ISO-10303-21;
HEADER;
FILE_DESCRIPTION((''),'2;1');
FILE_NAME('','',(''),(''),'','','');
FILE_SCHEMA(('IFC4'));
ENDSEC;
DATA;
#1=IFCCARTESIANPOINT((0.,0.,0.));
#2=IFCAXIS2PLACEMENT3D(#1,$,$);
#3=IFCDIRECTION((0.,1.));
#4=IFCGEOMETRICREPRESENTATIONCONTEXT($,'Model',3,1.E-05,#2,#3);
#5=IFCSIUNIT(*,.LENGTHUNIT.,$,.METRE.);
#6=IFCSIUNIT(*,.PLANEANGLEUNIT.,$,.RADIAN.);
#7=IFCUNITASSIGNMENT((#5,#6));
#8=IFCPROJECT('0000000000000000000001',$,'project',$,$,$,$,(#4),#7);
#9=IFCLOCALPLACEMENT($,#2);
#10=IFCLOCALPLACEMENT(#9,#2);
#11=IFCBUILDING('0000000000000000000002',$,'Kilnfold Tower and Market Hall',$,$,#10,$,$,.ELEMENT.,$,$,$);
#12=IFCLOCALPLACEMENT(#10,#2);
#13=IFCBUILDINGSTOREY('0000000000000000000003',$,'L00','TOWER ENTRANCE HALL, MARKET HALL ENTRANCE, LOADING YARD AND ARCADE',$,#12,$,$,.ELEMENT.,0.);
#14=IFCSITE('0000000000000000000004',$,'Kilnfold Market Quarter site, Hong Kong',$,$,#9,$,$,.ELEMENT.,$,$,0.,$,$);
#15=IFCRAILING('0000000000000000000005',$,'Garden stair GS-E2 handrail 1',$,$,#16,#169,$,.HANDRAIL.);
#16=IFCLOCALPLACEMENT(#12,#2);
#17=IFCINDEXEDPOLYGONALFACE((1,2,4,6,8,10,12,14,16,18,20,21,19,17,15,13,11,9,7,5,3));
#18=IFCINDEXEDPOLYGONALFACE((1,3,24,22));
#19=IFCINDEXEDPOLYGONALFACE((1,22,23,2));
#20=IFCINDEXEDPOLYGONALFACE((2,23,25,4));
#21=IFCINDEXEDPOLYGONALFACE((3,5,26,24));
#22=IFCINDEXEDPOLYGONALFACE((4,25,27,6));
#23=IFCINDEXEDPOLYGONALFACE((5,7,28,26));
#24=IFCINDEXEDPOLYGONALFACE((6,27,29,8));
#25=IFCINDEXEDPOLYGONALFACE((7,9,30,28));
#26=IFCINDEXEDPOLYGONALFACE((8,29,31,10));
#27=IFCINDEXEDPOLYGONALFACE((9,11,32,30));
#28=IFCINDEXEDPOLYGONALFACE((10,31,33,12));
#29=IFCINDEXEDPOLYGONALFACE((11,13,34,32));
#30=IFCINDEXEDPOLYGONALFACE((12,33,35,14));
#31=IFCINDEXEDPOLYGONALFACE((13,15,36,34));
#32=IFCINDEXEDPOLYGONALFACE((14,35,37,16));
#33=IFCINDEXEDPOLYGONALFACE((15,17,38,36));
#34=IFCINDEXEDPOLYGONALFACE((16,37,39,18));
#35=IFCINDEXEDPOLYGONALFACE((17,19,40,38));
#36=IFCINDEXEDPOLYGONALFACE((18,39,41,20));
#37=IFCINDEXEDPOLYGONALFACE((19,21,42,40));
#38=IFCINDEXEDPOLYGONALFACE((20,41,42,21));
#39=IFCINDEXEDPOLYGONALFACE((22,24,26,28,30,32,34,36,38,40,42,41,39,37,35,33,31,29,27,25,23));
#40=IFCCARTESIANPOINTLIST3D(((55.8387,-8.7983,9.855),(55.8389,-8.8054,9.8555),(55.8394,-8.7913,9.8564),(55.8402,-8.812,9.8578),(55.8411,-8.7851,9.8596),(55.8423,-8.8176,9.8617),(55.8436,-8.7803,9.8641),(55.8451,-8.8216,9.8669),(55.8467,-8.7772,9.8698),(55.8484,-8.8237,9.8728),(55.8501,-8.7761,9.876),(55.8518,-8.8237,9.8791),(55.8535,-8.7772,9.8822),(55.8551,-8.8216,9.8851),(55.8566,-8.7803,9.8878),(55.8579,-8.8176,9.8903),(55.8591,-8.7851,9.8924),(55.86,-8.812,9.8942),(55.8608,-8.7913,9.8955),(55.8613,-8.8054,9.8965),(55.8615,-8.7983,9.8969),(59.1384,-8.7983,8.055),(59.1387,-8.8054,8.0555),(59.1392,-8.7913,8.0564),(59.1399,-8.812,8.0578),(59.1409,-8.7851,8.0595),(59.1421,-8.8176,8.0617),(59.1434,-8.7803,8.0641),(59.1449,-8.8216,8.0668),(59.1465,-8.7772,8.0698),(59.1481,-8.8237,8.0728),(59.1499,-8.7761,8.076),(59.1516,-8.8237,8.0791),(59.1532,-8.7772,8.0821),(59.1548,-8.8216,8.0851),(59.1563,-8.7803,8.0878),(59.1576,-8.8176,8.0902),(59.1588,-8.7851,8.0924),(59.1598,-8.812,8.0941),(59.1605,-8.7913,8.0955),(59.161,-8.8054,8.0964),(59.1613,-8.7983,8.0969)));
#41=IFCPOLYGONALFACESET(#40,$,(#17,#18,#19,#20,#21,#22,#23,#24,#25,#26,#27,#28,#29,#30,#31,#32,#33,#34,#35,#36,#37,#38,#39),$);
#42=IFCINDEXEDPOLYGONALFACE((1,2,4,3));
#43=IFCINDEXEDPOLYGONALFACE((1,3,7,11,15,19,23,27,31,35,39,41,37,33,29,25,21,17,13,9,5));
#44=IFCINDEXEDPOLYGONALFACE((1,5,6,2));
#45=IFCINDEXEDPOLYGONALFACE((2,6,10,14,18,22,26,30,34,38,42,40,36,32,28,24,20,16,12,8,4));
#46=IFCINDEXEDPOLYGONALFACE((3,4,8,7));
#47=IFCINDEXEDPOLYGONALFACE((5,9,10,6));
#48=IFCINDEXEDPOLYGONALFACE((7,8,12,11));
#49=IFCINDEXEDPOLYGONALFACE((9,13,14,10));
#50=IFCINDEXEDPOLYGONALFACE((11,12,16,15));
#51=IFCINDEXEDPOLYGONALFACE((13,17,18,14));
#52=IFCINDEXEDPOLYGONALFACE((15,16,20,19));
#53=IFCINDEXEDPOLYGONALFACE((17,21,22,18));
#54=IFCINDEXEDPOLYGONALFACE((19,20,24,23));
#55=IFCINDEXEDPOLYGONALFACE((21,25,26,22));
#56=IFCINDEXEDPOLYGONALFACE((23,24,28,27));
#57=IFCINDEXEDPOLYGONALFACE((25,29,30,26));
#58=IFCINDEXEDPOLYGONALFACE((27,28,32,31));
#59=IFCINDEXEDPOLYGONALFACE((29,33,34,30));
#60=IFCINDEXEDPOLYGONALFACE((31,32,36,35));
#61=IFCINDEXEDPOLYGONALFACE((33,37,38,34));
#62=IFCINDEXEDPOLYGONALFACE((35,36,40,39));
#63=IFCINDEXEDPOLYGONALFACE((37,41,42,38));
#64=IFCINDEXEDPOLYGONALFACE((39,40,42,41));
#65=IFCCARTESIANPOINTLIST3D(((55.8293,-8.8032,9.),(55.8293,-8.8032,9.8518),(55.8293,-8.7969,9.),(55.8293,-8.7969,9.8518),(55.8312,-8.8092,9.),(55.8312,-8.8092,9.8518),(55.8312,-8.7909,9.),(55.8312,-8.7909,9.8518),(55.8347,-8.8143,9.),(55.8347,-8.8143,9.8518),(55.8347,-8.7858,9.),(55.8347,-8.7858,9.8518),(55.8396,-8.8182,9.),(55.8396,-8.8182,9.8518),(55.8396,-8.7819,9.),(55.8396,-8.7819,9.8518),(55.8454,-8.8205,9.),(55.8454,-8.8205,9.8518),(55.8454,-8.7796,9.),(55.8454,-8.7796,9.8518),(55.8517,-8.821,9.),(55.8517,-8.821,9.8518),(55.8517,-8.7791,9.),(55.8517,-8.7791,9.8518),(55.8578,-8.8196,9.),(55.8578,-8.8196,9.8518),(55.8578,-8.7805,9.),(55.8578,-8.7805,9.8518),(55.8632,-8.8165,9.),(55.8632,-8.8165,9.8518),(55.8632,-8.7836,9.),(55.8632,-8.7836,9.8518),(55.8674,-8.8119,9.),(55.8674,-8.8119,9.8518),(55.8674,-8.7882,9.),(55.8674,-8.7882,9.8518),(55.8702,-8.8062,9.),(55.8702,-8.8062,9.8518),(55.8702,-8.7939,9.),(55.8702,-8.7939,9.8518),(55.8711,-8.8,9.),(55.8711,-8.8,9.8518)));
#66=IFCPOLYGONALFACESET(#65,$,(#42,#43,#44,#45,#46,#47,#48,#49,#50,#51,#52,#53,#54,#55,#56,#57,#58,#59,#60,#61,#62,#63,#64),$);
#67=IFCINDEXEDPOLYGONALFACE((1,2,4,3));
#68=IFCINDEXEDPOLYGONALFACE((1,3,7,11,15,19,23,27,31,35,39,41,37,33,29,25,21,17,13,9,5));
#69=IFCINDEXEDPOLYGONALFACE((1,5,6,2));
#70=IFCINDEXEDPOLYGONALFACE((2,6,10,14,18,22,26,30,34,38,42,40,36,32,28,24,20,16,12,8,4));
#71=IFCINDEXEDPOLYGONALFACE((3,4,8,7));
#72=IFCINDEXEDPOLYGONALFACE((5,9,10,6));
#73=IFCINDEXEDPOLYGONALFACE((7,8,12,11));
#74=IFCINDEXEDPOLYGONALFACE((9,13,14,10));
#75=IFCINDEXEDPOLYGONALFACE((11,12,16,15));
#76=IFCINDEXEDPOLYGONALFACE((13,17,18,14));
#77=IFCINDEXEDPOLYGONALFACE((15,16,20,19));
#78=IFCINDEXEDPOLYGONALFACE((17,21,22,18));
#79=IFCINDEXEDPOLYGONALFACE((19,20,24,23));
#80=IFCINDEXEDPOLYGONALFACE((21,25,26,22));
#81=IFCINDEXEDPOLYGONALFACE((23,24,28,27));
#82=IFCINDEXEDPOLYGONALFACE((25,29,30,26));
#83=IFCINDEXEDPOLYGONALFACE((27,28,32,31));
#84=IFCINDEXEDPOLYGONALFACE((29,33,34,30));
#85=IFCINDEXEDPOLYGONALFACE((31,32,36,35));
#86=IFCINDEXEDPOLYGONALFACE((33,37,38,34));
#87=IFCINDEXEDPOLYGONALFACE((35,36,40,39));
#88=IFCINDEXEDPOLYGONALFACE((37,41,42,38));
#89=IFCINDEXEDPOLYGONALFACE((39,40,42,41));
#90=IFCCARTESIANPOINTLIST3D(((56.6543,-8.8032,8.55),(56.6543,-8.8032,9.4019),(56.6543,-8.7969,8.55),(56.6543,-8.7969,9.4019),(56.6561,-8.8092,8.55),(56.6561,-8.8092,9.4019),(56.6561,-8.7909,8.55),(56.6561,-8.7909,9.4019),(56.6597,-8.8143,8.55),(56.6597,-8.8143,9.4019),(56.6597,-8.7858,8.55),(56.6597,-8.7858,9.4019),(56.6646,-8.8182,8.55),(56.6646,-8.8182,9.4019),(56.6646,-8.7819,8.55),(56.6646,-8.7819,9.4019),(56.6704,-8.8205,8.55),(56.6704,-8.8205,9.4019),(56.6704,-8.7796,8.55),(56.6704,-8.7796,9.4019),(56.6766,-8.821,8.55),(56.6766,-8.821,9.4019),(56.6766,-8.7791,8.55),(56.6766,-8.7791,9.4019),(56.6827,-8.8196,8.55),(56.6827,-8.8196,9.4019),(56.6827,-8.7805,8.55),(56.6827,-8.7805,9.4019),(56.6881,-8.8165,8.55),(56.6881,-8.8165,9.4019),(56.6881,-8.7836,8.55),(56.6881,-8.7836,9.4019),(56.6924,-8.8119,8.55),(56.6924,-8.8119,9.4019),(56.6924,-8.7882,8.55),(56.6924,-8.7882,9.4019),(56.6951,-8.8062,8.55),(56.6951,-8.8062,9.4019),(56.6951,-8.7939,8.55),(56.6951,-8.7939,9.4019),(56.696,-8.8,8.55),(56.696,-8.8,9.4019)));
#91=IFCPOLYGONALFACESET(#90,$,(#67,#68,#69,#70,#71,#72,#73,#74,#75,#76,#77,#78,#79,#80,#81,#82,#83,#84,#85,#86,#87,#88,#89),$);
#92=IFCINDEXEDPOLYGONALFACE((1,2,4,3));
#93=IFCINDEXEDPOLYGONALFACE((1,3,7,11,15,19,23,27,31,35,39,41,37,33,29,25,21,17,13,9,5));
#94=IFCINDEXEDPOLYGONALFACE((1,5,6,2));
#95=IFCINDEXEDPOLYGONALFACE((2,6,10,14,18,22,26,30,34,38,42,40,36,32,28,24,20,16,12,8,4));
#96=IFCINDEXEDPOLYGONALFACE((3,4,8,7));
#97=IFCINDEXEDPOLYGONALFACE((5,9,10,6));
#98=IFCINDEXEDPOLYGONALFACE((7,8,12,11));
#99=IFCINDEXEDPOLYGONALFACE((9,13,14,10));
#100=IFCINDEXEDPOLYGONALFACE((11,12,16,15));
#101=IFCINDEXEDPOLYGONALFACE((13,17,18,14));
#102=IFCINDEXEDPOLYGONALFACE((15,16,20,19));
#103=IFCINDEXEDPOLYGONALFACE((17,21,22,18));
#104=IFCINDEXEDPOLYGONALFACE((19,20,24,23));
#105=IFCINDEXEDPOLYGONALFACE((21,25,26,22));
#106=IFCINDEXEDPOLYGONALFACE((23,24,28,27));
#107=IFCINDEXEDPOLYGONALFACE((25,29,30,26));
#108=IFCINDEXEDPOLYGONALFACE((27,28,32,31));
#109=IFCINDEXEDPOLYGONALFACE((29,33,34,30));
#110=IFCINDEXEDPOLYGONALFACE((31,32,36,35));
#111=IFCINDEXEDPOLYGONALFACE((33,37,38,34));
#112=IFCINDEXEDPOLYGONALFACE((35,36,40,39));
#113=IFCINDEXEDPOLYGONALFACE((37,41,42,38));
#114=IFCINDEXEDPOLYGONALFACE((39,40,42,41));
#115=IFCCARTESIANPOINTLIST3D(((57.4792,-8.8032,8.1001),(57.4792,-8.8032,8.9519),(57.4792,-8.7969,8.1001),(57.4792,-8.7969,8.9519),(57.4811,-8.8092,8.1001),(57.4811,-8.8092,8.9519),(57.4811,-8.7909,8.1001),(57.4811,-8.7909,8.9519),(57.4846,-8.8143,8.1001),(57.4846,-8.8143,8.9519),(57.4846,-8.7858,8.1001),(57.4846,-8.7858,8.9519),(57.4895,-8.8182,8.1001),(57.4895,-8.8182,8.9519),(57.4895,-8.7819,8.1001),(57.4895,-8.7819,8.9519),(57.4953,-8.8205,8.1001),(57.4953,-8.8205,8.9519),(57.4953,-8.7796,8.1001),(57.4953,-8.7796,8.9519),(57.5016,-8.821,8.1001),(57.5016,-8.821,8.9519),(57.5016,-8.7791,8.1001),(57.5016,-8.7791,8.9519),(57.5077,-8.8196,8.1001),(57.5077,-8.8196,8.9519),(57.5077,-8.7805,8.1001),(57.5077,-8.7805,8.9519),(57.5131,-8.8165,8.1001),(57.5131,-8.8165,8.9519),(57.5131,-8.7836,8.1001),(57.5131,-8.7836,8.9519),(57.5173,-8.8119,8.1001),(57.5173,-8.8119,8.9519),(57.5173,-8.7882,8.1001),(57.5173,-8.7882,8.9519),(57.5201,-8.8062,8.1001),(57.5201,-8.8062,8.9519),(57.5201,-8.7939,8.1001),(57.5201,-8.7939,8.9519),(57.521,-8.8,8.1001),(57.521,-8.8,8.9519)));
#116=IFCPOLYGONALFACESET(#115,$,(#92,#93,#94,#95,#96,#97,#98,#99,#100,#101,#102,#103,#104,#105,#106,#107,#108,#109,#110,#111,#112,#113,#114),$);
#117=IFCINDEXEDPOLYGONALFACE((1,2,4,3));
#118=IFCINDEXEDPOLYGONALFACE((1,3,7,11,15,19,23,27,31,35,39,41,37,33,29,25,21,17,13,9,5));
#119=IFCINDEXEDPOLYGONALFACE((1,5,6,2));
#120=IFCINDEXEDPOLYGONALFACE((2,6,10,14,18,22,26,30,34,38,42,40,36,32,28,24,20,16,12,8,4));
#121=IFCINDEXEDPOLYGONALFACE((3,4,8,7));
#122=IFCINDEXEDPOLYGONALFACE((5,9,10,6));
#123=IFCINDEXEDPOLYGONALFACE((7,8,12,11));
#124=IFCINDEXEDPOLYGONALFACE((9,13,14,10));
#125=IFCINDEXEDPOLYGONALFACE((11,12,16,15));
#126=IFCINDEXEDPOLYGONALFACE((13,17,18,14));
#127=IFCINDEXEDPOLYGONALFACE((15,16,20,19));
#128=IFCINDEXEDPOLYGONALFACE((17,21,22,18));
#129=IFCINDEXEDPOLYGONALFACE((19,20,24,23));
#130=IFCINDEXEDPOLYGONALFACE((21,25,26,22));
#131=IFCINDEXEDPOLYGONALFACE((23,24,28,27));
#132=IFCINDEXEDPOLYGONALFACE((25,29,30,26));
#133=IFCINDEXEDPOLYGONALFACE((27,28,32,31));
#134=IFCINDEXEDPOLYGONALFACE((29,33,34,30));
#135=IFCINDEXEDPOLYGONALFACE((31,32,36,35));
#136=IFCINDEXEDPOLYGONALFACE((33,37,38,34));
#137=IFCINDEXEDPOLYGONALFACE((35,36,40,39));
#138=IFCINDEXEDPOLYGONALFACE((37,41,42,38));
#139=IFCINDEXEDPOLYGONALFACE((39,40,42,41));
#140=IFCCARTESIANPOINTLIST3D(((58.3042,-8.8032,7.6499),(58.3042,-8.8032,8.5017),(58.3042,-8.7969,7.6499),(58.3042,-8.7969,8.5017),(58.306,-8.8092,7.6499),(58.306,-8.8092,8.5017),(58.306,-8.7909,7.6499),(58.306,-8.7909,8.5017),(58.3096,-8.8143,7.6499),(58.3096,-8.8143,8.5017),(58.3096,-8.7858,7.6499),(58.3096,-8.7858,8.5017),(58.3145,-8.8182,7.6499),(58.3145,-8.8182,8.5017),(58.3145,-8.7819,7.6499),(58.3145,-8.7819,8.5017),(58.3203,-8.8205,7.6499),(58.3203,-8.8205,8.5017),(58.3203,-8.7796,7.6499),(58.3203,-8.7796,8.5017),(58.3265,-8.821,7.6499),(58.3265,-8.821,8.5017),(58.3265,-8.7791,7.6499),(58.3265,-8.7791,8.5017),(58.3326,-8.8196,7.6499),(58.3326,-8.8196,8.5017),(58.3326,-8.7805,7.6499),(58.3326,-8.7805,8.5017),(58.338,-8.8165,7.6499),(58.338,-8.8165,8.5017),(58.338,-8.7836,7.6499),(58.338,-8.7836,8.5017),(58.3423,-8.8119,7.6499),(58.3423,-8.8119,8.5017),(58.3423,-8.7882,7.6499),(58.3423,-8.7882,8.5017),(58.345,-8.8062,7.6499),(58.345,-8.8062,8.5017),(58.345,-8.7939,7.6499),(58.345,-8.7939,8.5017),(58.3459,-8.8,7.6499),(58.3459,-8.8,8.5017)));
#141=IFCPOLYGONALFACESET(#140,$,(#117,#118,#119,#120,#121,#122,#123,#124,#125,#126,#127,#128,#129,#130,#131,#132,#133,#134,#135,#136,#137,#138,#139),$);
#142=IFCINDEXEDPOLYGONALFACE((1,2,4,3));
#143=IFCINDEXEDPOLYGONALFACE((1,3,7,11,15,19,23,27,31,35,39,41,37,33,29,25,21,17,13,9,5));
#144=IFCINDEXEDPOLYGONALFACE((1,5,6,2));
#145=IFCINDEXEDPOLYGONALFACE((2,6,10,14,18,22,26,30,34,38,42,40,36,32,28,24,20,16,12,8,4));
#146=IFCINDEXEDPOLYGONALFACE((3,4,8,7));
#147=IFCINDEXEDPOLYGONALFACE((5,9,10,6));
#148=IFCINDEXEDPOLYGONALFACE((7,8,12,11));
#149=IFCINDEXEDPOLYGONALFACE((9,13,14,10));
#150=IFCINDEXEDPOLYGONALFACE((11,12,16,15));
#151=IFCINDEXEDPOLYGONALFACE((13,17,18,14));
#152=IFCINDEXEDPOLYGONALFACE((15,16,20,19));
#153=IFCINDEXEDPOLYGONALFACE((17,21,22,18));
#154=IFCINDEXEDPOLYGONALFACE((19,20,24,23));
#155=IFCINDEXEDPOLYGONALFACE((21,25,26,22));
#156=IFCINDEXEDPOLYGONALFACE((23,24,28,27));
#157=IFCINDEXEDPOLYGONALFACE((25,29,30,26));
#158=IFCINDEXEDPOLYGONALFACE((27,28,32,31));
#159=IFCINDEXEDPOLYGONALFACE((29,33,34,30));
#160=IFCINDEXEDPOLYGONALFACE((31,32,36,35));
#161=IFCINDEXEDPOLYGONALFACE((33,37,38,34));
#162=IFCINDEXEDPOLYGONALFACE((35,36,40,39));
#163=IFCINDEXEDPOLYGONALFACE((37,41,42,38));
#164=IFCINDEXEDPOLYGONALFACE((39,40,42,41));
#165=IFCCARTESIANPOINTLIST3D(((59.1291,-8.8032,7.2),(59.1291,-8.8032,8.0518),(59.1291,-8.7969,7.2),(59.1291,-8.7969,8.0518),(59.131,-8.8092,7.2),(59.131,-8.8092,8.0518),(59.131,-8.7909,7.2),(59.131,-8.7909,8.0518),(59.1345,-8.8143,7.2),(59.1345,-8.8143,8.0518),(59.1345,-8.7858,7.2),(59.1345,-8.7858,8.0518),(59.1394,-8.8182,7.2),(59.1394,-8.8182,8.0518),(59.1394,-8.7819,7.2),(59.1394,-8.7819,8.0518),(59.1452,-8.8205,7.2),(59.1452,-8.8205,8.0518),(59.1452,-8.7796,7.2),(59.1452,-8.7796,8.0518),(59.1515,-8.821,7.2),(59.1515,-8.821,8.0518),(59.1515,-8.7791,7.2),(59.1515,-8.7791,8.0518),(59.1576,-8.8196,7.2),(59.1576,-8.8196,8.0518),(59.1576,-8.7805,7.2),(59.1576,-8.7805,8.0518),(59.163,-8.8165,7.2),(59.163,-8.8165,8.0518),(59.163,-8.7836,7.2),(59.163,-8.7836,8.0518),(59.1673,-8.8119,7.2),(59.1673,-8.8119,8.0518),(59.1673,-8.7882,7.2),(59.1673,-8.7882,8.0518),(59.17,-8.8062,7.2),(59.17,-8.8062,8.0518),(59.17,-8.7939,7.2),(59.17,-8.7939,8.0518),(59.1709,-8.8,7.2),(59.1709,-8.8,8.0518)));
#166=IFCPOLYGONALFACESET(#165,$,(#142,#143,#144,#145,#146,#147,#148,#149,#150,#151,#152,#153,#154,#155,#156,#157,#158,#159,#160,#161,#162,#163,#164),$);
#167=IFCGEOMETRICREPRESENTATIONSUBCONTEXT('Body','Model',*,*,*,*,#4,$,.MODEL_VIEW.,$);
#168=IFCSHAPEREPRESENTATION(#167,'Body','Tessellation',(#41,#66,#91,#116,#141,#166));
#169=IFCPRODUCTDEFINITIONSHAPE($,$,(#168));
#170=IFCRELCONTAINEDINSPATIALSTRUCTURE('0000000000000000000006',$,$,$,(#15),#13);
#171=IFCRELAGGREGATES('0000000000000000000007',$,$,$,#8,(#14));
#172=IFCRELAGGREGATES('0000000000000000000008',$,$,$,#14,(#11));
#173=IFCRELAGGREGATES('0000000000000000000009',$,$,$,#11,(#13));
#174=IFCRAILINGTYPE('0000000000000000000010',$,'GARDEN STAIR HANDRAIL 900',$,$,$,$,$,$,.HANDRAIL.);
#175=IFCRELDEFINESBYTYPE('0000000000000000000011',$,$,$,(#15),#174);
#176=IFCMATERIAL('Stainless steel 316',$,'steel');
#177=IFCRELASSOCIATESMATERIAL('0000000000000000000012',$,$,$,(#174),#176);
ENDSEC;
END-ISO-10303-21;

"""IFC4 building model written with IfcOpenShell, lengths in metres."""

from ifc_helpers import new_model, si_unit, direction, frame, origin, origin_2d, place, context, subcontext, project, spatial, circle, extrude, material, type_object, element, save


model = new_model("IFC4")

# Units and contexts
model_context = context("Model", 3, precision=1e-05, world=origin(), true_north=direction((0.0, 1.0)))
body_context = subcontext(model_context, "Body", "Model", "MODEL_VIEW")
ifc_project = project(units=[si_unit("LENGTHUNIT", "METRE"), si_unit("PLANEANGLEUNIT", "RADIAN")], contexts=[model_context])

# Site, building, storey
site_placement = place(None, origin())
site = spatial("IfcSite", under=ifc_project, at=site_placement, Name="Kilnfold Market Quarter site, Hong Kong", CompositionType="ELEMENT", RefElevation=0.0)
building_placement = place(site_placement, origin())
building = spatial("IfcBuilding", under=site, at=building_placement, Name="Kilnfold Tower and Market Hall", CompositionType="ELEMENT")
storey_placement = place(building_placement, origin())
storey = spatial("IfcBuildingStorey", under=building, at=storey_placement, Name="L00", Description="TOWER ENTRANCE HALL, MARKET HALL ENTRANCE, LOADING YARD AND ARCADE", CompositionType="ELEMENT", Elevation=0.0)

# Railing
ifc_material_1 = material(Name="Stainless steel 316", Category="steel")
railing_type_1 = type_object("IfcRailingType", Name="GARDEN STAIR HANDRAIL 900", PredefinedType="HANDRAIL", material=ifc_material_1)
for number, where, name in (
    (1, (55.8501, -8.8, 9.0), "Garden stair GS-E2 handrail 1"),
):
    element("IfcRailing", number, at=place(storey_placement, frame(where)), inside=storey, type_object=railing_type_1, Name=name, PredefinedType="HANDRAIL", context=body_context, shape_type="SweptSolid", body=[
        extrude(circle(Radius=0.0239, at=origin_2d()), frame((0.0, 0.0, 0.876), z_axis=(0.877878, 0.0, -0.478884), x_axis=(0.0, 1.0, 0.0)), (0.0, 0.0, 1.0), 3.7588),
        extrude(circle(Radius=0.021, at=origin_2d()), origin(), (0.0, 0.0, 1.0), 0.8518),
        extrude(circle(Radius=0.021, at=origin_2d()), frame((0.825, 0.0, -0.45)), (0.0, 0.0, 1.0), 0.8518),
        extrude(circle(Radius=0.021, at=origin_2d()), frame((1.6499, 0.0, -0.8999)), (0.0, 0.0, 1.0), 0.8518),
        extrude(circle(Radius=0.021, at=origin_2d()), frame((2.4749, 0.0, -1.3501)), (0.0, 0.0, 1.0), 0.8518),
        extrude(circle(Radius=0.021, at=origin_2d()), frame((3.2998, 0.0, -1.8)), (0.0, 0.0, 1.0), 0.8518),
    ])

save(model, "model.ifc")
